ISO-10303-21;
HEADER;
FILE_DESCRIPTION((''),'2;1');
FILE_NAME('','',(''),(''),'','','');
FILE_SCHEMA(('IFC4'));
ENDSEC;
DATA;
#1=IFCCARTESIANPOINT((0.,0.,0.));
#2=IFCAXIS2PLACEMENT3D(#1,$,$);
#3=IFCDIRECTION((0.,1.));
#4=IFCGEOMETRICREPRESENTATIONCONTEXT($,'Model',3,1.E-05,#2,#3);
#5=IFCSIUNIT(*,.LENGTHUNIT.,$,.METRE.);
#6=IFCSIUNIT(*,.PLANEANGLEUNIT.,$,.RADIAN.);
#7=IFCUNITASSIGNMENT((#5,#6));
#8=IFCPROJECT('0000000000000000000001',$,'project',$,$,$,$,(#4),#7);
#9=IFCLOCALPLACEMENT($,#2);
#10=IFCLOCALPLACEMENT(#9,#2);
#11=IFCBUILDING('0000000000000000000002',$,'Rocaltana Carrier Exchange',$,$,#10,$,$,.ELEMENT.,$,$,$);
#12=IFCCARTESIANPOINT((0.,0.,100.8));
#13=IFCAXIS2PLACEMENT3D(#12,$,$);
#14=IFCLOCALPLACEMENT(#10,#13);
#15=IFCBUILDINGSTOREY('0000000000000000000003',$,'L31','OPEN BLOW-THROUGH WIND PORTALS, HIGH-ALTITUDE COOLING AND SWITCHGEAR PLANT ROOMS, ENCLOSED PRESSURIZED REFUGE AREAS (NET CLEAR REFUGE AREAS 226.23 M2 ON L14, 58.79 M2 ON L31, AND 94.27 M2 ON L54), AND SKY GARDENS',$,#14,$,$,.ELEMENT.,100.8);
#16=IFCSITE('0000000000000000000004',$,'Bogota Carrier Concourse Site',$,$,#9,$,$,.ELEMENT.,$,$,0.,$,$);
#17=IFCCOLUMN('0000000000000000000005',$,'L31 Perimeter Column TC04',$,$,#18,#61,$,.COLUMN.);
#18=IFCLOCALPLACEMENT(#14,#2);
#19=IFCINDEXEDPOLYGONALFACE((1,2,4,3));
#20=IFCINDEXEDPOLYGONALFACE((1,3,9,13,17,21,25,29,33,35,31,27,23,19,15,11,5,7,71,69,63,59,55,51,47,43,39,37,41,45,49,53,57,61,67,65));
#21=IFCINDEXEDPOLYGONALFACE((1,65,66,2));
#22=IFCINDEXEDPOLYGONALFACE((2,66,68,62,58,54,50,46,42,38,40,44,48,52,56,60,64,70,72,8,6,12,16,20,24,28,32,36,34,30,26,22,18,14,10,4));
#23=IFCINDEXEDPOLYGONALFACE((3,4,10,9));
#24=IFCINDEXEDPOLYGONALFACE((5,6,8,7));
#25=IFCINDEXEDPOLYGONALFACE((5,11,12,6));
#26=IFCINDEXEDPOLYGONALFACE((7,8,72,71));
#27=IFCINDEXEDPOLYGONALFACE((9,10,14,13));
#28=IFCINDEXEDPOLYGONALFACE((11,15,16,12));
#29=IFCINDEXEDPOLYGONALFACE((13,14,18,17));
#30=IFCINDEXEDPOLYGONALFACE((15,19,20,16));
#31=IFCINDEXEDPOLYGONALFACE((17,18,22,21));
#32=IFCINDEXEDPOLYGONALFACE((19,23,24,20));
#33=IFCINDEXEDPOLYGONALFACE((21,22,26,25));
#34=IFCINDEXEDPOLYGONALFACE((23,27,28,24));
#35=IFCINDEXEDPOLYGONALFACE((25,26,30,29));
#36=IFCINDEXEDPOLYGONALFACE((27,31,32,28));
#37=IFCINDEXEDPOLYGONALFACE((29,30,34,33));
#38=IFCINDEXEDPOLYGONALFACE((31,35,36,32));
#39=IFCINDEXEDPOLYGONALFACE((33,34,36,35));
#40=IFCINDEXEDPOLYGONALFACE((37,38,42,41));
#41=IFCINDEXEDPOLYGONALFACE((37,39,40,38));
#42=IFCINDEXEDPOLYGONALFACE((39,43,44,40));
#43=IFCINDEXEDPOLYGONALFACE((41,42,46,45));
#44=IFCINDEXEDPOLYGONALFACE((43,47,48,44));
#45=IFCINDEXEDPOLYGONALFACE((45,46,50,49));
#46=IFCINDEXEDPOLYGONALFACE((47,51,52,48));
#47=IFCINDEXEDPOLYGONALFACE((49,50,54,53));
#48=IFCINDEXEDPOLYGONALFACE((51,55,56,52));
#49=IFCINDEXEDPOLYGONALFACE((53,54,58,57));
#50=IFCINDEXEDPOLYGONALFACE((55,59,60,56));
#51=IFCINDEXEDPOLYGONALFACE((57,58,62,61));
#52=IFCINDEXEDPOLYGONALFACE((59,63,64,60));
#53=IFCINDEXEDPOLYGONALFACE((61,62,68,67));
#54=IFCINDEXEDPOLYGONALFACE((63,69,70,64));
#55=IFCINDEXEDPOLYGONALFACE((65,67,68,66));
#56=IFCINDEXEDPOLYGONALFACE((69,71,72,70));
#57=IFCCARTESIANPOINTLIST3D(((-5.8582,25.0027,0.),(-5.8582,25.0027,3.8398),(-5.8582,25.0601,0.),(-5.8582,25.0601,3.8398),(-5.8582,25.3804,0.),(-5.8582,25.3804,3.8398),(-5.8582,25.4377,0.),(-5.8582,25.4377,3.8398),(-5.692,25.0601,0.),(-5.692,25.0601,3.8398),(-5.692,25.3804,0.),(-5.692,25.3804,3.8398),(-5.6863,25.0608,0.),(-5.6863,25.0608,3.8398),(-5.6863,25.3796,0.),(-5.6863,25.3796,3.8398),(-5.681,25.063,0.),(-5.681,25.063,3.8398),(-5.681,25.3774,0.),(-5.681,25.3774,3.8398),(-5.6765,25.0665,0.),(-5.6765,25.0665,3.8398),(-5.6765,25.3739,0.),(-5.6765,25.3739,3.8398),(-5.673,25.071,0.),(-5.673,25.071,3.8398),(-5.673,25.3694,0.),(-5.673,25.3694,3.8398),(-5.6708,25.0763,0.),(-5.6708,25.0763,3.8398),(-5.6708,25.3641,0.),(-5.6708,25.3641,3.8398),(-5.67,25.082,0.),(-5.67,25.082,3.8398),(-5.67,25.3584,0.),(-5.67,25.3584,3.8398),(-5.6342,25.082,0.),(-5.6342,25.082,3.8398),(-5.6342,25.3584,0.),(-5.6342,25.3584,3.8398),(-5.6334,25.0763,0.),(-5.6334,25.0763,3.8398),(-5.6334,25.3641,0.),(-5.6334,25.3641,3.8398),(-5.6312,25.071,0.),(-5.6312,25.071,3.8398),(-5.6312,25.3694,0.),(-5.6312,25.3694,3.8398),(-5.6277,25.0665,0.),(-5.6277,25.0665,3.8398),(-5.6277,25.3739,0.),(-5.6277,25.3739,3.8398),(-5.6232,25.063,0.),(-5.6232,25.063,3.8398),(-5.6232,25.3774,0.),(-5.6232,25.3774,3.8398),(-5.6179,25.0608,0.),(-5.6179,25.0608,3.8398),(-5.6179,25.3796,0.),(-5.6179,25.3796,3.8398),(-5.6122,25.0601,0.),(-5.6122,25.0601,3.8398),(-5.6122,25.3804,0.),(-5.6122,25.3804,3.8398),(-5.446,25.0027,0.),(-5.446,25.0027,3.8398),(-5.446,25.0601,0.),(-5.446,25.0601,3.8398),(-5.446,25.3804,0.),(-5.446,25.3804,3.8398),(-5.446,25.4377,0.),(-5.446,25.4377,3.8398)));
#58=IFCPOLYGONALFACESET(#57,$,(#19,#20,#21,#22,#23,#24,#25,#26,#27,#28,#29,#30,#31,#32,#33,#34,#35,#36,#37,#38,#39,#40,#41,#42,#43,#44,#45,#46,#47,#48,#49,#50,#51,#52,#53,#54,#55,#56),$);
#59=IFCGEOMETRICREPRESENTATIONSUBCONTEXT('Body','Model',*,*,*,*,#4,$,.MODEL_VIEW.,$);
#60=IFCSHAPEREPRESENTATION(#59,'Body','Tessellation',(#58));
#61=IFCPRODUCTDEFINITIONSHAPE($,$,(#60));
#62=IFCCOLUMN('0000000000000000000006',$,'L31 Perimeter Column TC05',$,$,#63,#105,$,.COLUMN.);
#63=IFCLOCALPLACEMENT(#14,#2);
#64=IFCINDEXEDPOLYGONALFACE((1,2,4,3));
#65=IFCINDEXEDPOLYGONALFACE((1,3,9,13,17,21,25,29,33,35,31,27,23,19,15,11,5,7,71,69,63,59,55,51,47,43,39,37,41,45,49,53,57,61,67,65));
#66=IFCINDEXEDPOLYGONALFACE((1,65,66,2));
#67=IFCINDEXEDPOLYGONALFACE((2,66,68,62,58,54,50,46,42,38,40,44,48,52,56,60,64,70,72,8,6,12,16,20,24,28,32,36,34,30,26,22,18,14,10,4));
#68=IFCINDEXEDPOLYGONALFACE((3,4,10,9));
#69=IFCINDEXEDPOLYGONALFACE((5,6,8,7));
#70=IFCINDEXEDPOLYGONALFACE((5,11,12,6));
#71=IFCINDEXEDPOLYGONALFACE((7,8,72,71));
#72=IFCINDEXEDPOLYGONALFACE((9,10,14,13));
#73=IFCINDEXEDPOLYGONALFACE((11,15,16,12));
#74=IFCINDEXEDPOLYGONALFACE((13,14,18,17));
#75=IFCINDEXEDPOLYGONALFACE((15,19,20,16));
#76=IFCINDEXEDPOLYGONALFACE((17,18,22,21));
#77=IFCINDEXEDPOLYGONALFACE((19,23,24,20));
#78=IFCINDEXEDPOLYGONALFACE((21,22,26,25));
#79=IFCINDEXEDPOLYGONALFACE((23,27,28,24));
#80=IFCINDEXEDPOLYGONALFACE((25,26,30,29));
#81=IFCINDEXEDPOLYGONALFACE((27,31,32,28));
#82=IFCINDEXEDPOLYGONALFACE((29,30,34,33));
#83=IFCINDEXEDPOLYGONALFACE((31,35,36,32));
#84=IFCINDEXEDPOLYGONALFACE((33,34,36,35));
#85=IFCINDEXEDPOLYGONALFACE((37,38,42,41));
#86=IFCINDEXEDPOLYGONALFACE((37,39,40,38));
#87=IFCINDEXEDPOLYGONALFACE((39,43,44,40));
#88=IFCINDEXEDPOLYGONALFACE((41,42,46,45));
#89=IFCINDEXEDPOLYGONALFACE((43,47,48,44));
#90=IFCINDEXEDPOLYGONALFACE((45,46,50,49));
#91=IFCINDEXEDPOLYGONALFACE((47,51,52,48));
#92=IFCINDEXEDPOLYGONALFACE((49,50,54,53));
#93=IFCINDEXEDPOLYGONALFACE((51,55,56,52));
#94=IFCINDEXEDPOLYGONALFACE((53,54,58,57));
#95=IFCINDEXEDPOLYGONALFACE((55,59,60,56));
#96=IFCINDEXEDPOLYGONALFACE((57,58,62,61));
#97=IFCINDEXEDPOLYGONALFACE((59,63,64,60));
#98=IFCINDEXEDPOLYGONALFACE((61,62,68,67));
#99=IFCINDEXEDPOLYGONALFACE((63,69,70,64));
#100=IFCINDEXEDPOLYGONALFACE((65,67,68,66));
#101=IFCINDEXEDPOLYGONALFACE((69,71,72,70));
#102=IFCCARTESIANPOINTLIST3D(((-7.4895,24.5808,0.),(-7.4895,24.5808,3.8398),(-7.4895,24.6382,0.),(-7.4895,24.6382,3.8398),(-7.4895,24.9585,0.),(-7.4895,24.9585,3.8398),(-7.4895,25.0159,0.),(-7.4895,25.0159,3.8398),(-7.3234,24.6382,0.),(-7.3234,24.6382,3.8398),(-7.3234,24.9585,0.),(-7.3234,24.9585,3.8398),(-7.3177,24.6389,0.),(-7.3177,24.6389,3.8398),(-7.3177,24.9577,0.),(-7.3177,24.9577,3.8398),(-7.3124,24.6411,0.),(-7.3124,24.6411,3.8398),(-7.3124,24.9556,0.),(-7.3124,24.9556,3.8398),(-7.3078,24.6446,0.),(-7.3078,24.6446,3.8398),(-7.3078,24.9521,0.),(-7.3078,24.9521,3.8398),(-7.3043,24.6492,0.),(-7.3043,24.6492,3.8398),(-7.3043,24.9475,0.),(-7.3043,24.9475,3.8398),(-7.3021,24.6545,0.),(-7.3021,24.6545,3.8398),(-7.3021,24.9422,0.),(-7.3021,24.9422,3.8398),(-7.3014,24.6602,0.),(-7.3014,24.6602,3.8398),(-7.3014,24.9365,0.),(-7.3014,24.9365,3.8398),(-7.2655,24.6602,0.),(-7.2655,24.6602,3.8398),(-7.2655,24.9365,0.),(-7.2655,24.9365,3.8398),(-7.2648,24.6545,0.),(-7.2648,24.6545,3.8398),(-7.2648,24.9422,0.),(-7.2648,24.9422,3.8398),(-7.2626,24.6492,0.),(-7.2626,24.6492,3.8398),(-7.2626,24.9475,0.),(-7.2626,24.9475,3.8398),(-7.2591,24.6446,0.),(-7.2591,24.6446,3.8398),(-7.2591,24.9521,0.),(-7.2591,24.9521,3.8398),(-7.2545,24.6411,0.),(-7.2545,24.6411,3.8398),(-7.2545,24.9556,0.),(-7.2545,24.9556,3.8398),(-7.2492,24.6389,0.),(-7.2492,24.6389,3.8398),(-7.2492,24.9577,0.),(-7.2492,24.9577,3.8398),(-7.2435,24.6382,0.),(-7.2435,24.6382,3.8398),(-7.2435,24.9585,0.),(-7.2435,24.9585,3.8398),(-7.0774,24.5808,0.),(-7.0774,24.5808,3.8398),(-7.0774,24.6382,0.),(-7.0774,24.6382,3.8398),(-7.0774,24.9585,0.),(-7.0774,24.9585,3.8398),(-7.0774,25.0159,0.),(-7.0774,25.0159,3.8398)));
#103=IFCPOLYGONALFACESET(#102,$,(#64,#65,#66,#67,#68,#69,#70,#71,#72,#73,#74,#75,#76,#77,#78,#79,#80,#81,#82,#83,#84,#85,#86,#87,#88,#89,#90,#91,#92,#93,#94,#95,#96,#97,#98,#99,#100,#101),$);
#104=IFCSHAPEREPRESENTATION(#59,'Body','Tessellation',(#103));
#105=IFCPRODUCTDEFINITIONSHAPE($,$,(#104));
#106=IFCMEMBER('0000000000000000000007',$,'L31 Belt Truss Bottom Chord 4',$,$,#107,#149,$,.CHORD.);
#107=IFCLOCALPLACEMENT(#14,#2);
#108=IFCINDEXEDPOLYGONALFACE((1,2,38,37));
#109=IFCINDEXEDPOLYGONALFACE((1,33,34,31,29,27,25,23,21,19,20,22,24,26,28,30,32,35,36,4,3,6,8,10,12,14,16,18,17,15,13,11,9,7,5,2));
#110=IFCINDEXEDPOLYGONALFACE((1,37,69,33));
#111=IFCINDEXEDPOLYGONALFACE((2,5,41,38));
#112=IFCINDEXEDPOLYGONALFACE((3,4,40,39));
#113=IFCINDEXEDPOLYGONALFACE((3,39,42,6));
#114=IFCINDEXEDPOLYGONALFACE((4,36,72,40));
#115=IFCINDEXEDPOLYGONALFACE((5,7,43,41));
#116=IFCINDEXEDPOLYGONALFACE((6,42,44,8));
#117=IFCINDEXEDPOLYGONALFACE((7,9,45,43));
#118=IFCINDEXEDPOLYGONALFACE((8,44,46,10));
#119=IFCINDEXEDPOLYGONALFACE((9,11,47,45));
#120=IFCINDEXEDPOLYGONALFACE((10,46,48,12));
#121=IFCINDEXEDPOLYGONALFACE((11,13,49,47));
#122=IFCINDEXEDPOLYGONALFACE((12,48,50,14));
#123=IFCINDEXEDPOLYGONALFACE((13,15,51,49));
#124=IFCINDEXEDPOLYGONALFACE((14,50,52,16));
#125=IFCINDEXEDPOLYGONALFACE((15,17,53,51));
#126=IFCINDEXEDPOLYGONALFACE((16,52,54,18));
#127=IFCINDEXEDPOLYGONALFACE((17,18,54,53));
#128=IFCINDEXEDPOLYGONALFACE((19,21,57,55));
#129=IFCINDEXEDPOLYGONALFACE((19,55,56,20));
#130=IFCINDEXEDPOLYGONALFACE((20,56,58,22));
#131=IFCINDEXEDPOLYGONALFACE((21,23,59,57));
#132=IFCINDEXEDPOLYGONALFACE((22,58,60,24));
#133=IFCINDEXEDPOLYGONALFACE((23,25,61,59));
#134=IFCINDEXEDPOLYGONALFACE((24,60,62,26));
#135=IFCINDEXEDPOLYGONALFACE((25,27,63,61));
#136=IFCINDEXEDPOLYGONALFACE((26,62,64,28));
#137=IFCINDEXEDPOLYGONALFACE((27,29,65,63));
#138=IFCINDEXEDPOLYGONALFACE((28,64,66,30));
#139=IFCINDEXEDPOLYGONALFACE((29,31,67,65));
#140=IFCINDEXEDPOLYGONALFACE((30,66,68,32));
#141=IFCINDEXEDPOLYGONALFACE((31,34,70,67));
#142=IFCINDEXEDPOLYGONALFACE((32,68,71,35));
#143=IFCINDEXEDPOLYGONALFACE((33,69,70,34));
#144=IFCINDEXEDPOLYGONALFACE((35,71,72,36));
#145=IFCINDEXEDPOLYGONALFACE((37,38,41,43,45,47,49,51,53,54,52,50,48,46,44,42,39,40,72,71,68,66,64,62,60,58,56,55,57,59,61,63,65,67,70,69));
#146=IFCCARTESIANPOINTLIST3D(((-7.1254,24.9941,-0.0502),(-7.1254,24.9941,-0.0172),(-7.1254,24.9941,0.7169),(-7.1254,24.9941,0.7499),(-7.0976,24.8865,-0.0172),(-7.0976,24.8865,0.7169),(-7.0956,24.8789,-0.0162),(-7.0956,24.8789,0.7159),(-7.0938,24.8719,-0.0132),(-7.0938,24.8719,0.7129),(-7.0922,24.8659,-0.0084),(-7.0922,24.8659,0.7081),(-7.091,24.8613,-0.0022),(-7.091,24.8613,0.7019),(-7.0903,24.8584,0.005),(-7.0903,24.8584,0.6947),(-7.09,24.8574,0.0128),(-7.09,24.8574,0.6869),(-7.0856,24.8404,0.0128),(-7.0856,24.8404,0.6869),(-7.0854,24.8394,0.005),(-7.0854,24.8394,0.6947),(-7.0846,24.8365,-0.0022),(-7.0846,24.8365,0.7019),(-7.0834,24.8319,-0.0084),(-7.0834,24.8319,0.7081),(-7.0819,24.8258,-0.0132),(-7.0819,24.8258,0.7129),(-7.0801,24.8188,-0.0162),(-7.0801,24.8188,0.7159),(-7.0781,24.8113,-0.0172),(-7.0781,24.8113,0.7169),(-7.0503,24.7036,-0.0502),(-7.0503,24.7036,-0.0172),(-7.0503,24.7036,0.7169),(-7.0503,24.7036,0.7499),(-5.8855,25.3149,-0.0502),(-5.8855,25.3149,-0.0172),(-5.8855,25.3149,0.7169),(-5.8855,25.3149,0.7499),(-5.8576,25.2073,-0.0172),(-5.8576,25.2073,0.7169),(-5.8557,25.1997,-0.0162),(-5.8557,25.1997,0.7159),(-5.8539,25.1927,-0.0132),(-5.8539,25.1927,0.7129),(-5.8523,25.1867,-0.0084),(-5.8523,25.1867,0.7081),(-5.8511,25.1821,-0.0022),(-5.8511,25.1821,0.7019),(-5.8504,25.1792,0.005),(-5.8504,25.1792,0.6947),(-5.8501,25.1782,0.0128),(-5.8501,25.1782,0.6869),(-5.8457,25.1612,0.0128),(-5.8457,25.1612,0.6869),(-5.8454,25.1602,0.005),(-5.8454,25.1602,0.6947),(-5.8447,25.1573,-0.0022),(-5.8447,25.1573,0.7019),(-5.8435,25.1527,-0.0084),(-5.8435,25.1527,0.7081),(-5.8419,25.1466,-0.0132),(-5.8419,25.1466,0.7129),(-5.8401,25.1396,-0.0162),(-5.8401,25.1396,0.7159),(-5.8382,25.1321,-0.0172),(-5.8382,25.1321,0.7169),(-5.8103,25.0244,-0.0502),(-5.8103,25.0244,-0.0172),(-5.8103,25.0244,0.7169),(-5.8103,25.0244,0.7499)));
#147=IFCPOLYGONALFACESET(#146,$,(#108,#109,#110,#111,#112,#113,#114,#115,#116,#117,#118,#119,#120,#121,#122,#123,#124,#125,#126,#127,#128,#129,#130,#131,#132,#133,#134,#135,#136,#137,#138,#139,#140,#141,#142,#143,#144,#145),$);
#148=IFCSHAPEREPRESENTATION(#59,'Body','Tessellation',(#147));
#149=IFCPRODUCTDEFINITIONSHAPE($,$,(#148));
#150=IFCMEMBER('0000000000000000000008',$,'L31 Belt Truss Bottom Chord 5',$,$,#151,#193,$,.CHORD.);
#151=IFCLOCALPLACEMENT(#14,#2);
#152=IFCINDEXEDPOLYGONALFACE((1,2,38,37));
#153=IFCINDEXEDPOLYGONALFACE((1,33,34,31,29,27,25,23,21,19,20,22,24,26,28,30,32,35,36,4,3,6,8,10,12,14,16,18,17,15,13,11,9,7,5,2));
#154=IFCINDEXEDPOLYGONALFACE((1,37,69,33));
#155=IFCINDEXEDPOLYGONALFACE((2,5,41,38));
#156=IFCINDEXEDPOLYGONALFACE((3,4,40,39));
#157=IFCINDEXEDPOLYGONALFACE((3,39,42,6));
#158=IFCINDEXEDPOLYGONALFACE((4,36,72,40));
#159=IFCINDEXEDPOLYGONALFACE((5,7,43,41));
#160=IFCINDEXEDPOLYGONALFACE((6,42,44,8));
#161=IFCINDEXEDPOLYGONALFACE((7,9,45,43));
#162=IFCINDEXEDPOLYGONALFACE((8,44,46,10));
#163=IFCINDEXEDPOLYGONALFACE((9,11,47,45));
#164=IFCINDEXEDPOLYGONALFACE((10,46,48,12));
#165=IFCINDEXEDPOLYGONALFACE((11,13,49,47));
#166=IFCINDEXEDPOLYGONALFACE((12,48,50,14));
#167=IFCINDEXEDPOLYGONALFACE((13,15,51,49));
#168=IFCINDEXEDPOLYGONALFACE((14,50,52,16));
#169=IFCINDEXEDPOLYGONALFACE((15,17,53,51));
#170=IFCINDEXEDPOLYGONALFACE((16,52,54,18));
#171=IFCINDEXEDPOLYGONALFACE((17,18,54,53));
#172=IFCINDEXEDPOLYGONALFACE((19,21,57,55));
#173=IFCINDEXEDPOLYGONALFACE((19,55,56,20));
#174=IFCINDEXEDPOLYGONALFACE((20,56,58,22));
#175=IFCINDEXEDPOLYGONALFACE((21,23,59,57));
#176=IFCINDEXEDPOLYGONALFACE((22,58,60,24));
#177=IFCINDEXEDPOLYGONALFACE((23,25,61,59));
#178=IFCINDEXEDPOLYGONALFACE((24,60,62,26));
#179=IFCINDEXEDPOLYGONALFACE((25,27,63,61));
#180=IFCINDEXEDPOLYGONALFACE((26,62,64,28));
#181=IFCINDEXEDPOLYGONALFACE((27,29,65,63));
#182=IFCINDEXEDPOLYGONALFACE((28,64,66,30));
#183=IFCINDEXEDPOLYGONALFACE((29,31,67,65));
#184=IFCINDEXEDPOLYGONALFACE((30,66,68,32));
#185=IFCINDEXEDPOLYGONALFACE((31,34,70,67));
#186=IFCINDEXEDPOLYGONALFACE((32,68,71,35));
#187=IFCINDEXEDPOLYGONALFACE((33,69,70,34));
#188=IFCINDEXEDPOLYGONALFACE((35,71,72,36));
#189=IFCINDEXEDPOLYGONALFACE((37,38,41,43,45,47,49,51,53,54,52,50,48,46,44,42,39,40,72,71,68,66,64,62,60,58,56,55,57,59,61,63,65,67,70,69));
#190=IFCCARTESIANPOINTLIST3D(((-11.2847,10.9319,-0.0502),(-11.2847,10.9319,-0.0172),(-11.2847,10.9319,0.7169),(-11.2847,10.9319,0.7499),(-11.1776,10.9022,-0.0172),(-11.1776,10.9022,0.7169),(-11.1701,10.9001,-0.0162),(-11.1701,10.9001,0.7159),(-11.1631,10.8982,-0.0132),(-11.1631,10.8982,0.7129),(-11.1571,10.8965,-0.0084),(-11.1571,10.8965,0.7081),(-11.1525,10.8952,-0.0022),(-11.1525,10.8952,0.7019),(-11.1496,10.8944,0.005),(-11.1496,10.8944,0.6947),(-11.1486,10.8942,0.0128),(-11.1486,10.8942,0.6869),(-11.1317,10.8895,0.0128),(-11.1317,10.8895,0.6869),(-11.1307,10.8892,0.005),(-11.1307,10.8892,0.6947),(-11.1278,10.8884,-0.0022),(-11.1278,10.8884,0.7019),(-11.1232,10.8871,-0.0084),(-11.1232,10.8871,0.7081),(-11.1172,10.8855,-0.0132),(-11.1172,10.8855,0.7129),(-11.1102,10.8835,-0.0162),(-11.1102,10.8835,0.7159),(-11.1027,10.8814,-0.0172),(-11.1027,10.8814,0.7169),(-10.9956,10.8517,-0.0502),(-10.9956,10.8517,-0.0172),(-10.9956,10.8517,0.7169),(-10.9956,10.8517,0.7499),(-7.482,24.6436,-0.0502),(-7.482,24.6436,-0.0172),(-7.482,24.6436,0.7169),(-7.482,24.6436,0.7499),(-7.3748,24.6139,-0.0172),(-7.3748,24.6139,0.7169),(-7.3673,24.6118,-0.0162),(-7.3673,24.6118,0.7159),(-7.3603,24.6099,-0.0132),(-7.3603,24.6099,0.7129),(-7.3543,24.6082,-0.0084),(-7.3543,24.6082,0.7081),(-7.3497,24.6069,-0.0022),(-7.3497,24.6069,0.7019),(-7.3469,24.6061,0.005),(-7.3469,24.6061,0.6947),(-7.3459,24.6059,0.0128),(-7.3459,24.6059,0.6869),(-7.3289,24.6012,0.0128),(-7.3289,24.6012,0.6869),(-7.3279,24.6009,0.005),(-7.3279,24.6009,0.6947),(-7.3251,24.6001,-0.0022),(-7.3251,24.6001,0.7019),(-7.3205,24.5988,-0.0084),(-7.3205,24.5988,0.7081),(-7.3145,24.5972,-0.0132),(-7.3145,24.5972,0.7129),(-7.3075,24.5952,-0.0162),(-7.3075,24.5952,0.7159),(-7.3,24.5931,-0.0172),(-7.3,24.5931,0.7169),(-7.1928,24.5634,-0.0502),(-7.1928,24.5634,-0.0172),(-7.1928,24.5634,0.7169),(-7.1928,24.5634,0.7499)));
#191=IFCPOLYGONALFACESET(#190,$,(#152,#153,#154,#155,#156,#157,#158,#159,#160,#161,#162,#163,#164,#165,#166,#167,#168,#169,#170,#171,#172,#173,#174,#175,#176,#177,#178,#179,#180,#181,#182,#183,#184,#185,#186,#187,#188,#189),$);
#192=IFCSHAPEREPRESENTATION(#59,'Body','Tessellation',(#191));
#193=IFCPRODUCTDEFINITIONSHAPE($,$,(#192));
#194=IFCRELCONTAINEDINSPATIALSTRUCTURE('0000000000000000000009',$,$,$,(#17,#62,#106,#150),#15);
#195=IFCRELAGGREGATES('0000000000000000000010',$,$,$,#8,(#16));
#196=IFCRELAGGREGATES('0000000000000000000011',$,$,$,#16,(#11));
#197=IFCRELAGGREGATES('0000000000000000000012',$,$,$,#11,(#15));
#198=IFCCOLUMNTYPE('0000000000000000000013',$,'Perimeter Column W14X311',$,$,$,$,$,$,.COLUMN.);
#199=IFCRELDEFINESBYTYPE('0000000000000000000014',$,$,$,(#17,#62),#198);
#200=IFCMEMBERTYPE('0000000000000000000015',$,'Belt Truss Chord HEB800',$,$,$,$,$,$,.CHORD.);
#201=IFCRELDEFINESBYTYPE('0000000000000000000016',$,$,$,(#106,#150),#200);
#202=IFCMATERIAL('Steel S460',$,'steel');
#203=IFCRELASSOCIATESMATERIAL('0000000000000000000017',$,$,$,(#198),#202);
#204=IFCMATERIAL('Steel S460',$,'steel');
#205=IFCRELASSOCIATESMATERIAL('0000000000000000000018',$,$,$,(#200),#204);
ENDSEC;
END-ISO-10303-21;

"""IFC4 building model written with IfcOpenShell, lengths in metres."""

from ifc_helpers import new_model, si_unit, direction, frame, origin, origin_2d, place, context, subcontext, project, spatial, i_section, extrude, material, material_profile, profile_set, type_object, element, save


model = new_model("IFC4")

# Units and contexts
model_context = context("Model", 3, precision=1e-05, world=origin(), true_north=direction((0.0, 1.0)))
body_context = subcontext(model_context, "Body", "Model", "MODEL_VIEW")
ifc_project = project(units=[si_unit("LENGTHUNIT", "METRE"), si_unit("PLANEANGLEUNIT", "RADIAN")], contexts=[model_context])

# Site, building, storey
site_placement = place(None, origin())
site = spatial("IfcSite", under=ifc_project, at=site_placement, Name="Bogota Carrier Concourse Site", CompositionType="ELEMENT", RefElevation=0.0)
building_placement = place(site_placement, origin())
building = spatial("IfcBuilding", under=site, at=building_placement, Name="Rocaltana Carrier Exchange", CompositionType="ELEMENT")
storey_placement = place(building_placement, frame((0.0, 0.0, 100.8)))
storey = spatial("IfcBuildingStorey", under=building, at=storey_placement, Name="L31", Description="OPEN BLOW-THROUGH WIND PORTALS, HIGH-ALTITUDE COOLING AND SWITCHGEAR PLANT ROOMS, ENCLOSED PRESSURIZED REFUGE AREAS (NET CLEAR REFUGE AREAS 226.23 M2 ON L14, 58.79 M2 ON L31, AND 94.27 M2 ON L54), AND SKY GARDENS", CompositionType="ELEMENT", Elevation=100.8)

# Columns
ifc_material_1 = material(Name="Steel S460", Category="steel")
ifc_material_profile_1 = material_profile(ifc_material_1, i_section(OverallWidth=0.4121, OverallDepth=0.4351, WebThickness=0.0359, FlangeThickness=0.0574, FilletRadius=0.022, at=origin_2d()), Name="W14X311")
ifc_profile_set_1 = profile_set([ifc_material_profile_1], Name="Steel S460")
column_type = type_object("IfcColumnType", Name="Perimeter Column W14X311", PredefinedType="COLUMN", material=ifc_profile_set_1)
for number, where, z_axis, x_axis, name in (
    (1, (-5.6521, 25.2202, 0.0), (0.0, 0.0, 1.0), (1.0, 0.0, 0.0), "L31 Perimeter Column TC04"),
    (2, (-7.2834, 24.7983, 0.0), (0.0, 0.0, 1.0), (1.0, 0.0, 0.0), "L31 Perimeter Column TC05"),
):
    element("IfcColumn", number, at=place(storey_placement, frame(where, z_axis=z_axis, x_axis=x_axis)), inside=storey, type_object=column_type, Name=name, PredefinedType="COLUMN", context=body_context, shape_type="SweptSolid", body=[
        extrude(i_section(OverallWidth=0.4121, OverallDepth=0.4351, WebThickness=0.0359, FlangeThickness=0.0574, FilletRadius=0.022, at=origin_2d()), origin(), (0.0, 0.0, 1.0), 3.8398),
    ])

# Members
ifc_material_2 = material(Name="Steel S460", Category="steel")
ifc_material_profile_2 = material_profile(ifc_material_2, i_section(OverallWidth=0.3, OverallDepth=0.8, WebThickness=0.0176, FlangeThickness=0.033, FilletRadius=0.03, at=origin_2d()), Name="HEB800")
ifc_profile_set_2 = profile_set([ifc_material_profile_2], Name="Steel S460")
member_type_1 = type_object("IfcMemberType", Name="Belt Truss Chord HEB800", PredefinedType="CHORD", material=ifc_profile_set_2)
member_1_placement = place(storey_placement, frame((-5.8479, 25.1697, 0.3499), z_axis=(-0.968125, -0.250466, 0.0), x_axis=(0.250466, -0.968125, 0.0)))
element("IfcMember", 3, at=member_1_placement, inside=storey, type_object=member_type_1, Name="L31 Belt Truss Bottom Chord 4", PredefinedType="CHORD", context=body_context, shape_type="SweptSolid", body=[
    extrude(i_section(OverallWidth=0.3, OverallDepth=0.8, WebThickness=0.0176, FlangeThickness=0.033, FilletRadius=0.03, at=origin_2d()), origin(), (0.0, 0.0, 1.0), 1.2808),
])
member_2_placement = place(storey_placement, frame((-7.3374, 24.6035, 0.3499), z_axis=(-0.267248, -0.963628, 0.0), x_axis=(0.963628, -0.267248, 0.0)))
element("IfcMember", 4, at=member_2_placement, inside=storey, type_object=member_type_1, Name="L31 Belt Truss Bottom Chord 5", PredefinedType="CHORD", context=body_context, shape_type="SweptSolid", body=[
    extrude(i_section(OverallWidth=0.3, OverallDepth=0.8, WebThickness=0.0176, FlangeThickness=0.033, FilletRadius=0.03, at=origin_2d()), origin(), (0.0, 0.0, 1.0), 14.2292),
])

save(model, "model.ifc")
